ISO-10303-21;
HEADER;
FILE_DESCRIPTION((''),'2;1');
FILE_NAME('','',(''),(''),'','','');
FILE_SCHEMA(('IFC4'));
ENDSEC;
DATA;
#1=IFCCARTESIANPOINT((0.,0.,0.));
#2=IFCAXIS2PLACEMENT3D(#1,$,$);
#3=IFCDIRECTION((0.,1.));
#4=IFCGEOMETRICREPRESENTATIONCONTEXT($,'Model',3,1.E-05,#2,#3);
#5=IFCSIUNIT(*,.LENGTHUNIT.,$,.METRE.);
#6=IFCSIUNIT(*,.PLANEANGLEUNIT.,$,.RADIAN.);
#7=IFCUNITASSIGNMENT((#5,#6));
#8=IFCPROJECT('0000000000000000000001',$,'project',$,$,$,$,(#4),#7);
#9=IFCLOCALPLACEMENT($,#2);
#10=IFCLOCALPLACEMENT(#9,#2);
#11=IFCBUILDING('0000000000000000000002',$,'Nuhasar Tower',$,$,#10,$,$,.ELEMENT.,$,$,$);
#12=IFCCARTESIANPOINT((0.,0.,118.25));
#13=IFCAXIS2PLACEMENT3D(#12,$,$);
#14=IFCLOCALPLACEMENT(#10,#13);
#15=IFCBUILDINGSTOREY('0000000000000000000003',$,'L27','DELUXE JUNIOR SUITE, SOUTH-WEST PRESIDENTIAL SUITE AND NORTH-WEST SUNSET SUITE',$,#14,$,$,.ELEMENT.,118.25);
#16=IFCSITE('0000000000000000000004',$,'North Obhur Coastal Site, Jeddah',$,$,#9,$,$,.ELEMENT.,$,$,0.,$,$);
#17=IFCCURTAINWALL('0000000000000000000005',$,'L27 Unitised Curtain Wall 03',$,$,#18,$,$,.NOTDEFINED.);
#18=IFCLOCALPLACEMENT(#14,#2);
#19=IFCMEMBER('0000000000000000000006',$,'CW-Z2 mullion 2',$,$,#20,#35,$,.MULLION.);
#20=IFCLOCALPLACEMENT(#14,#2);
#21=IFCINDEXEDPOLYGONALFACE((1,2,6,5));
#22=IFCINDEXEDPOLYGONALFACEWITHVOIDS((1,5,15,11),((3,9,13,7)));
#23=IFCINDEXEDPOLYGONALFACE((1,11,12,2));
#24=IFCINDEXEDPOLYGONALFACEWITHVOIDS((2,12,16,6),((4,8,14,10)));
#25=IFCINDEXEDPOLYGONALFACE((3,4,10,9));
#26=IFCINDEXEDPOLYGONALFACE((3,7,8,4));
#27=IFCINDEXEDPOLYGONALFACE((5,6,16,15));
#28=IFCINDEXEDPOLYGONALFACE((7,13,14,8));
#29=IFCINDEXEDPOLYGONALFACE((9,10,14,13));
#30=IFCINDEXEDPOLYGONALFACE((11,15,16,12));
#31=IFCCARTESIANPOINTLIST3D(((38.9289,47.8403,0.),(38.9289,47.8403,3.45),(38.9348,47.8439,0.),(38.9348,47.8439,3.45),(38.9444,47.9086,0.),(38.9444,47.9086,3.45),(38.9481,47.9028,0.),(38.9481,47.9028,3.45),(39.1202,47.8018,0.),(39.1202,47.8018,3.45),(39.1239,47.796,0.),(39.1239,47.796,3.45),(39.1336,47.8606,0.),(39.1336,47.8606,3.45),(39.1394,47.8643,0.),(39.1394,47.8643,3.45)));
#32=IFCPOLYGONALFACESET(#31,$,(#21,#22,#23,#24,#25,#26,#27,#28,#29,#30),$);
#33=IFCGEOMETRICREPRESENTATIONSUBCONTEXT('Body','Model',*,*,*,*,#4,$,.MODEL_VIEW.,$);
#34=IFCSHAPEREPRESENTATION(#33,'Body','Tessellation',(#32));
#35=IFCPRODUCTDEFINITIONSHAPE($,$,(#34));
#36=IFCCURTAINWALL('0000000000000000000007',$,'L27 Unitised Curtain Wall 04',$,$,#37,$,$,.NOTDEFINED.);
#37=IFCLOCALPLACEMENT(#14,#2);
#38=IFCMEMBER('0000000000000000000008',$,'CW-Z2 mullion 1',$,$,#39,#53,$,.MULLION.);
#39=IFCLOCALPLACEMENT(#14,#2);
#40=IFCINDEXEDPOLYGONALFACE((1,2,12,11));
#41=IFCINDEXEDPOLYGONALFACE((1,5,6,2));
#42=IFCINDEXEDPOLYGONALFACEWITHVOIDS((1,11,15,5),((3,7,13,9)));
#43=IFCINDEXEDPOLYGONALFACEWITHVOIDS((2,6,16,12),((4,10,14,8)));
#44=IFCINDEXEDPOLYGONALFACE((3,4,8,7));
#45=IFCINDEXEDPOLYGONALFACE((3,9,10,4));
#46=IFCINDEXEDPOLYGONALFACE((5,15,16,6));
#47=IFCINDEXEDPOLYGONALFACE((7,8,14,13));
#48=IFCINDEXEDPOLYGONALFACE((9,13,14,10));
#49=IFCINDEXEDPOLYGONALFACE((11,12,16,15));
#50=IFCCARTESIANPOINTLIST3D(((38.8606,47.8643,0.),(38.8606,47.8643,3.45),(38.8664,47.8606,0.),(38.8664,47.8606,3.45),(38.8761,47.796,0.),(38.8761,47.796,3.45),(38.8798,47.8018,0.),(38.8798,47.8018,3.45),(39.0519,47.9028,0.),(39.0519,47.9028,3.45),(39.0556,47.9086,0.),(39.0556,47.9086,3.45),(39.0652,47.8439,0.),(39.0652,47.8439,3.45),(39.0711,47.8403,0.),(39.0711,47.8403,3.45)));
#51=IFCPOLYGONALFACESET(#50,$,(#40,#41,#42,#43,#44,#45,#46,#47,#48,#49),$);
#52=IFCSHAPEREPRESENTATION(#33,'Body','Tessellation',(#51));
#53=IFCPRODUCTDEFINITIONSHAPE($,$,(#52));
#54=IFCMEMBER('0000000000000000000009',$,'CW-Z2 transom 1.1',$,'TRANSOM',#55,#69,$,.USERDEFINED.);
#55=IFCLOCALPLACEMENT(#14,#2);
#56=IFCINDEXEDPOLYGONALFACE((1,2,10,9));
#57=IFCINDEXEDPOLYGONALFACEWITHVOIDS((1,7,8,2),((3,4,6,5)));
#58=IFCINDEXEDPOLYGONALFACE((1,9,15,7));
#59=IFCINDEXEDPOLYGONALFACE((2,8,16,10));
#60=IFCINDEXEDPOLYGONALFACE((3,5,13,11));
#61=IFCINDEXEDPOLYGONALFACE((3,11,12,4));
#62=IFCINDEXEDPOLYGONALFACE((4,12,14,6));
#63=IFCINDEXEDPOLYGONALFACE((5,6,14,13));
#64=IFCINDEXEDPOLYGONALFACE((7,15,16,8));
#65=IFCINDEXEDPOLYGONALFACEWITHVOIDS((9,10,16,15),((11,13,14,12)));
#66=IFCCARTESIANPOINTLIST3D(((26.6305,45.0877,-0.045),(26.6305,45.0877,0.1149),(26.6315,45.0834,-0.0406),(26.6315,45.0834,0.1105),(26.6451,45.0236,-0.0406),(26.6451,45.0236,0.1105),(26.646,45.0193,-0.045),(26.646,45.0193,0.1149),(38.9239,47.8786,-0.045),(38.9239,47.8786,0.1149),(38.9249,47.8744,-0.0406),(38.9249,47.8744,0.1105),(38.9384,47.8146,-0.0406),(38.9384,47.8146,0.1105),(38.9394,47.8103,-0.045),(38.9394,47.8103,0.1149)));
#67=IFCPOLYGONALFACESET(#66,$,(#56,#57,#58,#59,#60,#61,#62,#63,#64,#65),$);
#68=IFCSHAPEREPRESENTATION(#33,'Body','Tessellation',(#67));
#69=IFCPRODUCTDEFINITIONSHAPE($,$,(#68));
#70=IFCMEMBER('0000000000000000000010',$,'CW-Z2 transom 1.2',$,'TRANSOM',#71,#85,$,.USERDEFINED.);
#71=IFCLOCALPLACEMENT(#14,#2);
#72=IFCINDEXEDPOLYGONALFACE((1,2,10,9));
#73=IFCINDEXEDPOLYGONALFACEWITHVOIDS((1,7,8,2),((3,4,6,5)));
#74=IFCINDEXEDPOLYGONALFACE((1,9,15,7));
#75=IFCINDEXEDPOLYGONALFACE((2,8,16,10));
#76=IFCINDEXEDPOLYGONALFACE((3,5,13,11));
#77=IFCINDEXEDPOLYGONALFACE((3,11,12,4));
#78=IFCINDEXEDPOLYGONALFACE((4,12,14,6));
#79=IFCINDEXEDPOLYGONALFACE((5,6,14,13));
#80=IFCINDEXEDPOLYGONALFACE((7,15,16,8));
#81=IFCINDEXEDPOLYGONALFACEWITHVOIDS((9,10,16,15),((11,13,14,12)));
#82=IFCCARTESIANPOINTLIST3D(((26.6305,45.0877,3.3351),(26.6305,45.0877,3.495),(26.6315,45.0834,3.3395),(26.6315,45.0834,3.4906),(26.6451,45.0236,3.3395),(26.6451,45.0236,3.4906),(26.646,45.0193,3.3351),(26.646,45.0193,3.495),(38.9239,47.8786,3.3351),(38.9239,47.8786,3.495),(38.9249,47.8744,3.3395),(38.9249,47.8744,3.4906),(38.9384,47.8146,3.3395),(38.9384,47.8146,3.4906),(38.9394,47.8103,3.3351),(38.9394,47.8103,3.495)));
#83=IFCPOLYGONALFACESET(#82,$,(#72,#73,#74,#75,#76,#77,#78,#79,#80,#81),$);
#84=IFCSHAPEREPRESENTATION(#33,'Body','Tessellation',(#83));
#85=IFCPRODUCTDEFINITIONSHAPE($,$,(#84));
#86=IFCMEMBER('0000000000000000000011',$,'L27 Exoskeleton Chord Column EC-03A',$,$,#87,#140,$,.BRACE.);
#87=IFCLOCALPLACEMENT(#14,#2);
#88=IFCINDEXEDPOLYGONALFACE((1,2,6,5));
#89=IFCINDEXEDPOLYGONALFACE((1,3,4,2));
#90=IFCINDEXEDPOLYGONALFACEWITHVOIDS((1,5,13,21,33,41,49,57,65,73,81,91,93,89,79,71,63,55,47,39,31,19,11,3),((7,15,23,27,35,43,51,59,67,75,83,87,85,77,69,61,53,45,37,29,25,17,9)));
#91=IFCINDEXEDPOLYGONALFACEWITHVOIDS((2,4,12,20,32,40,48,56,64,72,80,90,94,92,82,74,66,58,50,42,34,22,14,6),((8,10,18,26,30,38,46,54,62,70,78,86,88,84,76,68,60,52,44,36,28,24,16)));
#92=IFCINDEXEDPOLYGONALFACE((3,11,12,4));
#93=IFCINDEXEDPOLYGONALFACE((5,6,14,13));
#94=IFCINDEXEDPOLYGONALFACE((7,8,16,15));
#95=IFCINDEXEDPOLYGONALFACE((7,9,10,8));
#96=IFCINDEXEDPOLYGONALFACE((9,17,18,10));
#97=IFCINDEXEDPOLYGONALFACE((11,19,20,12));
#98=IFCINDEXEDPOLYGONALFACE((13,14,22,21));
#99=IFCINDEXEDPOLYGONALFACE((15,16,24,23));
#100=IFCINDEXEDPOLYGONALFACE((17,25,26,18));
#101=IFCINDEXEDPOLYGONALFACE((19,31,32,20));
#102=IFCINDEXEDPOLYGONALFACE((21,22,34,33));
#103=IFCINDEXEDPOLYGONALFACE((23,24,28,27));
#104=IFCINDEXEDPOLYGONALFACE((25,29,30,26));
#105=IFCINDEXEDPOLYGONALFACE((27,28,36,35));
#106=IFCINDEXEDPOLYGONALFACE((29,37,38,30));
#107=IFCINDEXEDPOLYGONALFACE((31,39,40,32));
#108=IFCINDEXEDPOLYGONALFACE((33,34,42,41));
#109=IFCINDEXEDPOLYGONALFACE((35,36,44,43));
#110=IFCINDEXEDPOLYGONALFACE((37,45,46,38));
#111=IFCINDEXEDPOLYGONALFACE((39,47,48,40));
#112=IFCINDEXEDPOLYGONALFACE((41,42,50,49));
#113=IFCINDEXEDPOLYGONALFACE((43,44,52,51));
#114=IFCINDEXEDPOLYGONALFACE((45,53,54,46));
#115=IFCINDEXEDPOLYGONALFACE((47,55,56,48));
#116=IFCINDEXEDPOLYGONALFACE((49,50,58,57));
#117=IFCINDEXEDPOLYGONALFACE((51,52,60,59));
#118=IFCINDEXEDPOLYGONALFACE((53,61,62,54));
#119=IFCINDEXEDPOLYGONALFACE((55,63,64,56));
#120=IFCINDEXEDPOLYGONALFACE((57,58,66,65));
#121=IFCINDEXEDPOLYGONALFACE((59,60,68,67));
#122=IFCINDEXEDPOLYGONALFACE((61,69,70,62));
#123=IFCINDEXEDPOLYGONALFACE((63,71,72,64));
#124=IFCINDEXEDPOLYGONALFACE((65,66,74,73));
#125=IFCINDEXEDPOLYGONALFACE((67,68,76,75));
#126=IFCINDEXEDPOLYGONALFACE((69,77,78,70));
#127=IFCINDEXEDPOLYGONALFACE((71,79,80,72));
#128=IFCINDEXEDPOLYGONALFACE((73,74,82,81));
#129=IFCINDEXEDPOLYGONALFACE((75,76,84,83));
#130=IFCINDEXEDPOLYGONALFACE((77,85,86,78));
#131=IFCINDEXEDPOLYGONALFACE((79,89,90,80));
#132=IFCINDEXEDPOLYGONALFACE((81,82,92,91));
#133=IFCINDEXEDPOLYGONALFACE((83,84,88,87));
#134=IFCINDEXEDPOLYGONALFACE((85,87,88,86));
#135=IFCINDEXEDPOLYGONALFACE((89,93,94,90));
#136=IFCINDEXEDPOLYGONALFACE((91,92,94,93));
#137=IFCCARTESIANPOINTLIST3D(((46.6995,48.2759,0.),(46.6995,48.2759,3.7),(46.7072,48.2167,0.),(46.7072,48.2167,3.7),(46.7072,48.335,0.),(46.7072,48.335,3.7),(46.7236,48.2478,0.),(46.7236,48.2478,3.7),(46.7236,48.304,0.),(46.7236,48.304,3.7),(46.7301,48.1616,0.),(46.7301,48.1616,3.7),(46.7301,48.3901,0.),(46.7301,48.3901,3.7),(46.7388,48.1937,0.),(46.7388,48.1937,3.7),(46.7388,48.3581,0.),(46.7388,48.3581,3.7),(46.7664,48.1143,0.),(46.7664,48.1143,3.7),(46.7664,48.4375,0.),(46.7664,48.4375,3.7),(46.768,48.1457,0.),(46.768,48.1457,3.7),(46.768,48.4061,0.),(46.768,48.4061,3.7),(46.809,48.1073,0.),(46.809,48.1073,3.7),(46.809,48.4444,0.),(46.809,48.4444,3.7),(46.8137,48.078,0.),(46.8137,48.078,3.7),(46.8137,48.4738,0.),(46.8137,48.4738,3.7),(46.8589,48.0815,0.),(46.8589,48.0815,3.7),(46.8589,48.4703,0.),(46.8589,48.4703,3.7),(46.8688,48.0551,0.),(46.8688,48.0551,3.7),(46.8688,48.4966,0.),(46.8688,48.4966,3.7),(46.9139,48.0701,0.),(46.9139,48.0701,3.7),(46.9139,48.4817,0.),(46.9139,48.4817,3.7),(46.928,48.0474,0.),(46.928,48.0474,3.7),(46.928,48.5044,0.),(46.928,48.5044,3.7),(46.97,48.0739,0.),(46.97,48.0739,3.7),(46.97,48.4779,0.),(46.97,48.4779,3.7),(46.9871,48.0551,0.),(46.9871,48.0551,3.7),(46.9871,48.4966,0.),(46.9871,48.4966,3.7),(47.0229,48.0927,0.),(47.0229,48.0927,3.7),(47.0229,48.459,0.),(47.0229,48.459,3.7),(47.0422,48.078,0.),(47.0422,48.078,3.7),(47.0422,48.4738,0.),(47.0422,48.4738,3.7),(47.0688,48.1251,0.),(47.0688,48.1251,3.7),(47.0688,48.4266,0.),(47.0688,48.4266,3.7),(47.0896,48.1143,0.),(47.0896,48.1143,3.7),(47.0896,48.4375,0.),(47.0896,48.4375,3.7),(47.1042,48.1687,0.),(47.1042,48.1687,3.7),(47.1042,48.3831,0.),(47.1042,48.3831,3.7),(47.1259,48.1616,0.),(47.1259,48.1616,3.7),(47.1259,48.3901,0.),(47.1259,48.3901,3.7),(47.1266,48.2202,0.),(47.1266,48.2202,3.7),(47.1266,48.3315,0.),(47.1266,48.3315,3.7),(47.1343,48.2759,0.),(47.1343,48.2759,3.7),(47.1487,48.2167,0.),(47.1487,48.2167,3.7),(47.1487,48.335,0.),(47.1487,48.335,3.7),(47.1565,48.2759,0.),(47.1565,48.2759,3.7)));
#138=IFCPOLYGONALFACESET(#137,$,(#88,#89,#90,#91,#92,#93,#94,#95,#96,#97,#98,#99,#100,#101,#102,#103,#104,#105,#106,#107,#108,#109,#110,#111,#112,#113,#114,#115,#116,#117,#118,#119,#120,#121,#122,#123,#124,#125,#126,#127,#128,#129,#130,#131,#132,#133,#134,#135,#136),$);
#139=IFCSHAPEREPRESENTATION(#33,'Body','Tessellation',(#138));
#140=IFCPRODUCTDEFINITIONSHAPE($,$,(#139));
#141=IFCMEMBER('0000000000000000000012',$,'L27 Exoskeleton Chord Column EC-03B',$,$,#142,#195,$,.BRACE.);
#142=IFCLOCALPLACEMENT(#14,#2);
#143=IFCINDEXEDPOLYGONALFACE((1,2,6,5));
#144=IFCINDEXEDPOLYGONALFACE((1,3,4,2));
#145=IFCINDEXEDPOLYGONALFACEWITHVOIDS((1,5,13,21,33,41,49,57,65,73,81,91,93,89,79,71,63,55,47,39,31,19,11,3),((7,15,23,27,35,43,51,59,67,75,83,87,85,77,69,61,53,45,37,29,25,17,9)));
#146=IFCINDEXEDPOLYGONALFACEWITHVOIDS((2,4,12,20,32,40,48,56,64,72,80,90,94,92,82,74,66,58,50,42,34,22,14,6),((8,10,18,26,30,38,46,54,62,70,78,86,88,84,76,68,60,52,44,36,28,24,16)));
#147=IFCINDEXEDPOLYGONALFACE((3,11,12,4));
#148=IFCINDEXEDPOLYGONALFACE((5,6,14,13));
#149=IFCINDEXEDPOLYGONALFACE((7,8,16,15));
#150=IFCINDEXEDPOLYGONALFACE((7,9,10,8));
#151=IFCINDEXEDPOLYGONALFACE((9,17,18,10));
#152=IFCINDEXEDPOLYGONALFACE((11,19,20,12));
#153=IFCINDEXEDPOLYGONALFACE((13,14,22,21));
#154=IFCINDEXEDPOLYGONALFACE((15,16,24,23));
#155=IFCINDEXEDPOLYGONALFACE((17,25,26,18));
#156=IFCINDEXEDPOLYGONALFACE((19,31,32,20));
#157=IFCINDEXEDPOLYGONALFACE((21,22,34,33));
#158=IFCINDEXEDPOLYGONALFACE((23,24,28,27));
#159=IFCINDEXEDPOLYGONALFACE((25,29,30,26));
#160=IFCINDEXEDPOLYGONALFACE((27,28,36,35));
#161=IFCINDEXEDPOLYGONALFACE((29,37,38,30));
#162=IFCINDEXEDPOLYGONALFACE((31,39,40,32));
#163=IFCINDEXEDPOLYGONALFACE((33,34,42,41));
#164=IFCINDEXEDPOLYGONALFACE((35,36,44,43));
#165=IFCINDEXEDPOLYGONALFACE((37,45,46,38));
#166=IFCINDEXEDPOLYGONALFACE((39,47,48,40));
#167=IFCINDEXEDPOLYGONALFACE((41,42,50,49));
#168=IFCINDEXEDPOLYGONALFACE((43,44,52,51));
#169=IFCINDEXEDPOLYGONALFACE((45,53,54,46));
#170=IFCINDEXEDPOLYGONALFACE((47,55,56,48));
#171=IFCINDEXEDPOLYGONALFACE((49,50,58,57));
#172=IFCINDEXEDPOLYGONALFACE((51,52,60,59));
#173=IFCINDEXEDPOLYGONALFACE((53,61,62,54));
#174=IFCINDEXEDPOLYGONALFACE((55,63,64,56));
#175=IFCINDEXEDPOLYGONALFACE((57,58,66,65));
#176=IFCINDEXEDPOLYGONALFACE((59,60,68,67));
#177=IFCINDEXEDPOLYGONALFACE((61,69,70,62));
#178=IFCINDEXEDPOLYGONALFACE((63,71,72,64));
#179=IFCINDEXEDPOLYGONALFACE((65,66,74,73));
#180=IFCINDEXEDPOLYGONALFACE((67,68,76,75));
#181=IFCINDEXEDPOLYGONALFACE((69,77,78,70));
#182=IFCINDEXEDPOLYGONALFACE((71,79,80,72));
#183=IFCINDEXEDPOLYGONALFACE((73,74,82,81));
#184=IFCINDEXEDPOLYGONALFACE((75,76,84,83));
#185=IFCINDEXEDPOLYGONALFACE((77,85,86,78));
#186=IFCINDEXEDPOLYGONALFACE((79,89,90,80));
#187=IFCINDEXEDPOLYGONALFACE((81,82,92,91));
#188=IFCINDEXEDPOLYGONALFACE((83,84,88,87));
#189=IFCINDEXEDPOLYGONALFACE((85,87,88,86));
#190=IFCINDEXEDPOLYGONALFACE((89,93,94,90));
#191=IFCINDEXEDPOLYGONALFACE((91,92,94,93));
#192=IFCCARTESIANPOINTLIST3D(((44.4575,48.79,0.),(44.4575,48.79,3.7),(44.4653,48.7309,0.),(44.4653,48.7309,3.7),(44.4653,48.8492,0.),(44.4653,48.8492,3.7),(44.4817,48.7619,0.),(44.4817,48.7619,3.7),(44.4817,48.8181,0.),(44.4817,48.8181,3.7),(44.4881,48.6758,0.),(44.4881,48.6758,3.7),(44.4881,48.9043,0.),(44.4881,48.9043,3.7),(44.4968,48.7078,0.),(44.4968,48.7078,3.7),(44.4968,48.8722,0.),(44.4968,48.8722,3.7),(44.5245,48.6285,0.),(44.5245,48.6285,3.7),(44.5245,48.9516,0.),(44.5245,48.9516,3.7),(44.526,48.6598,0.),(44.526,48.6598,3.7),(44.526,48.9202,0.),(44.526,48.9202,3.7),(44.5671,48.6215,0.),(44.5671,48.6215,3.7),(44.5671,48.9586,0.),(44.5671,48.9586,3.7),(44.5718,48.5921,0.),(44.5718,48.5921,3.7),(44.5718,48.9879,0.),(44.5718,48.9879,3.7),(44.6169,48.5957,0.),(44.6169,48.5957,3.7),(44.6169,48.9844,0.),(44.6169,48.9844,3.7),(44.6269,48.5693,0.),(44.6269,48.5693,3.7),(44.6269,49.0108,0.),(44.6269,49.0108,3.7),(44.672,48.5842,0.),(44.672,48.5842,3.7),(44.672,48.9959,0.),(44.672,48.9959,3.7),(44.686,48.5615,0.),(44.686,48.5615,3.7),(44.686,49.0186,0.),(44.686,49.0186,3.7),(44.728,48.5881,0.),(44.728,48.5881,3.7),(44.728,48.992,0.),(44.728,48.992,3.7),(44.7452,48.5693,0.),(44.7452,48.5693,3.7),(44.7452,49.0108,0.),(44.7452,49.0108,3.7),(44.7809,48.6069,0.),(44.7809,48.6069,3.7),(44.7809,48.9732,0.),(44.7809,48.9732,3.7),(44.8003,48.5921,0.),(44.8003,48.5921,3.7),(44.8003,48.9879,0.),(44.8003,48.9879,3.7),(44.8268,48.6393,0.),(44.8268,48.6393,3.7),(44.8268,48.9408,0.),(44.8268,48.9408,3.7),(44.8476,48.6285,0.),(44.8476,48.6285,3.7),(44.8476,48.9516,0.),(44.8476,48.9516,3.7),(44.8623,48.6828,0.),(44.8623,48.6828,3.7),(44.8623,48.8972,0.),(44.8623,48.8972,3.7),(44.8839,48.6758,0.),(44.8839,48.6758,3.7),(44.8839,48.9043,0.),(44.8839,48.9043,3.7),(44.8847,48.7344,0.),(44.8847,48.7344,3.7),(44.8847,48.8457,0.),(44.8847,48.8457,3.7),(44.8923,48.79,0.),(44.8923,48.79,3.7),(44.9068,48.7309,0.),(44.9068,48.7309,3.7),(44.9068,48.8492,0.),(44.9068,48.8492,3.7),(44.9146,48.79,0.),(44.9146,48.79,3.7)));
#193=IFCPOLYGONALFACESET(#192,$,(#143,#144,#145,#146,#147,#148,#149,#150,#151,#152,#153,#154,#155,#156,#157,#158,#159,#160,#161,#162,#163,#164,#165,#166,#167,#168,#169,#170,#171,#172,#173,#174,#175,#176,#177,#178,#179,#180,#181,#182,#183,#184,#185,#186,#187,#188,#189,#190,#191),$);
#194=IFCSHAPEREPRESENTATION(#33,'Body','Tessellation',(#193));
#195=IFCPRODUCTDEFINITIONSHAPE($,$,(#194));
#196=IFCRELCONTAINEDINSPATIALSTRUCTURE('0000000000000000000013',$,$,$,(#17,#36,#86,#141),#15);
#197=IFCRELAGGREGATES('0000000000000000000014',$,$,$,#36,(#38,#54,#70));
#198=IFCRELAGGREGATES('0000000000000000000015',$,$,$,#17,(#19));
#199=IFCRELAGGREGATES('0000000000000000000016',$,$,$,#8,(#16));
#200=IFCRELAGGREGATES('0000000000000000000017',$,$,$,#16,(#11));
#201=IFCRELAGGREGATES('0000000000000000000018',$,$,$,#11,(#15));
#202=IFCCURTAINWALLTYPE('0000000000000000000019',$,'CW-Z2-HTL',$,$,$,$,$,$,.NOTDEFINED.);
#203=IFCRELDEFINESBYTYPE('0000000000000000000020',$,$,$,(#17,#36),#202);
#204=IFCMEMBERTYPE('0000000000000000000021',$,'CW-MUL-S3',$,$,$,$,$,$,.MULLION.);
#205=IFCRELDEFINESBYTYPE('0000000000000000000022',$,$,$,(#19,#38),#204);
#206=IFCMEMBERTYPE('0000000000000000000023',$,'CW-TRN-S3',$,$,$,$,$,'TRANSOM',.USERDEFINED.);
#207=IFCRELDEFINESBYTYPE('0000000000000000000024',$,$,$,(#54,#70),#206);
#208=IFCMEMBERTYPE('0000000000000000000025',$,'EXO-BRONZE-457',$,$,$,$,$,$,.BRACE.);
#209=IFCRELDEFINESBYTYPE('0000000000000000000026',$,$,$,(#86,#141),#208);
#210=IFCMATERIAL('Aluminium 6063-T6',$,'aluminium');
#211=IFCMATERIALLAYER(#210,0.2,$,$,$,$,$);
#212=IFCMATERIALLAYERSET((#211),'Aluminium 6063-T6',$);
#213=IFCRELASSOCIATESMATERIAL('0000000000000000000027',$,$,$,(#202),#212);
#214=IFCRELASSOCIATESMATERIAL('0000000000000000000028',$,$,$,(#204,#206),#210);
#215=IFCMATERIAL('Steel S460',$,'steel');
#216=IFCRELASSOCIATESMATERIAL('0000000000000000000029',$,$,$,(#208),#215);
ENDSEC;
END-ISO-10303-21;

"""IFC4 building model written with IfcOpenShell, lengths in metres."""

from ifc_helpers import new_model, si_unit, direction, frame, origin, origin_2d, place, context, subcontext, project, spatial, hollow_rectangle, hollow_circle, extrude, material, layer, layer_set, material_profile, profile_set, type_object, element, aggregate, save


model = new_model("IFC4")

# Units and contexts
model_context = context("Model", 3, precision=1e-05, world=origin(), true_north=direction((0.0, 1.0)))
body_context = subcontext(model_context, "Body", "Model", "MODEL_VIEW")
ifc_project = project(units=[si_unit("LENGTHUNIT", "METRE"), si_unit("PLANEANGLEUNIT", "RADIAN")], contexts=[model_context])

# Site, building, storey
site_placement = place(None, origin())
site = spatial("IfcSite", under=ifc_project, at=site_placement, Name="North Obhur Coastal Site, Jeddah", CompositionType="ELEMENT", RefElevation=0.0)
building_placement = place(site_placement, origin())
building = spatial("IfcBuilding", under=site, at=building_placement, Name="Nuhasar Tower", CompositionType="ELEMENT")
storey_placement = place(building_placement, frame((0.0, 0.0, 118.25)))
storey = spatial("IfcBuildingStorey", under=building, at=storey_placement, Name="L27", Description="DELUXE JUNIOR SUITE, SOUTH-WEST PRESIDENTIAL SUITE AND NORTH-WEST SUNSET SUITE", CompositionType="ELEMENT", Elevation=118.25)

# Curtain wall, member
ifc_material_1 = material(Name="Aluminium 6063-T6", Category="aluminium")
ifc_layer_1 = layer(ifc_material_1, 0.2)
ifc_layer_set_1 = layer_set([ifc_layer_1], Name="Aluminium 6063-T6")
curtain_wall_type = type_object("IfcCurtainWallType", Name="CW-Z2-HTL", PredefinedType="NOTDEFINED", material=ifc_layer_set_1)
curtain_wall_1_placement = place(storey_placement, origin())
curtain_wall_1 = element("IfcCurtainWall", 1, at=curtain_wall_1_placement, inside=storey, type_object=curtain_wall_type, Name="L27 Unitised Curtain Wall 03", PredefinedType="NOTDEFINED")
ifc_material_profile_1 = material_profile(ifc_material_1, hollow_rectangle(XDim=0.0701, YDim=0.2, WallThickness=0.0049, at=origin_2d()), Name="CWM-3")
ifc_profile_set_1 = profile_set([ifc_material_profile_1], Name="Aluminium 6063-T6")
member_type_1 = type_object("IfcMemberType", Name="CW-MUL-S3", PredefinedType="MULLION", material=ifc_profile_set_1)
member_1_placement = place(storey_placement, frame((39.0342, 47.8523, 0.0), z_axis=(0.0, 0.0, 1.0), x_axis=(-0.221397, -0.975184, 0.0)))
member_1 = element("IfcMember", 2, at=member_1_placement, type_object=member_type_1, Name="CW-Z2 mullion 2", PredefinedType="MULLION", context=body_context, shape_type="SweptSolid", body=[
    extrude(hollow_rectangle(XDim=0.0701, YDim=0.2, WallThickness=0.0049, at=origin_2d()), origin(), (0.0, 0.0, 1.0), 3.45),
])

# Curtain wall, members
curtain_wall_2_placement = place(storey_placement, origin())
curtain_wall_2 = element("IfcCurtainWall", 3, at=curtain_wall_2_placement, inside=storey, type_object=curtain_wall_type, Name="L27 Unitised Curtain Wall 04", PredefinedType="NOTDEFINED")
member_2_placement = place(storey_placement, frame((38.9658, 47.8523, 0.0), z_axis=(0.0, 0.0, 1.0), x_axis=(0.221397, -0.975184, 0.0)))
member_2 = element("IfcMember", 4, at=member_2_placement, type_object=member_type_1, Name="CW-Z2 mullion 1", PredefinedType="MULLION", context=body_context, shape_type="SweptSolid", body=[
    extrude(hollow_rectangle(XDim=0.0701, YDim=0.2, WallThickness=0.0049, at=origin_2d()), origin(), (0.0, 0.0, 1.0), 3.45),
])
ifc_material_profile_2 = material_profile(ifc_material_1, hollow_rectangle(XDim=0.0701, YDim=0.1599, WallThickness=0.0044, at=origin_2d()), Name="CWT-3")
ifc_profile_set_2 = profile_set([ifc_material_profile_2], Name="Aluminium 6063-T6")
member_type_2 = type_object("IfcMemberType", Name="CW-TRN-S3", ElementType="TRANSOM", PredefinedType="USERDEFINED", material=ifc_profile_set_2)
member_3_placement = place(storey_placement, frame((38.9316, 47.8445, 0.0349), z_axis=(-0.975183, -0.221398, 0.0), x_axis=(0.221398, -0.975183, 0.0)))
member_3 = element("IfcMember", 5, at=member_3_placement, type_object=member_type_2, Name="CW-Z2 transom 1.1", ObjectType="TRANSOM", PredefinedType="USERDEFINED", context=body_context, shape_type="SweptSolid", body=[
    extrude(hollow_rectangle(XDim=0.0701, YDim=0.1599, WallThickness=0.0044, at=origin_2d()), origin(), (0.0, 0.0, 1.0), 12.6062),
])
member_4_placement = place(storey_placement, frame((38.9316, 47.8445, 3.415), z_axis=(-0.975183, -0.221398, 0.0), x_axis=(0.221398, -0.975183, 0.0)))
member_4 = element("IfcMember", 6, at=member_4_placement, type_object=member_type_2, Name="CW-Z2 transom 1.2", ObjectType="TRANSOM", PredefinedType="USERDEFINED", context=body_context, shape_type="SweptSolid", body=[
    extrude(hollow_rectangle(XDim=0.0701, YDim=0.1599, WallThickness=0.0044, at=origin_2d()), origin(), (0.0, 0.0, 1.0), 12.6062),
])
aggregate(curtain_wall_2, [member_2, member_3, member_4])

# Members
ifc_material_2 = material(Name="Steel S460", Category="steel")
ifc_material_profile_3 = material_profile(ifc_material_2, hollow_circle(Radius=0.2285, WallThickness=0.0222, at=origin_2d()), Name="HSS457X22.2")
ifc_profile_set_3 = profile_set([ifc_material_profile_3], Name="Steel S460")
member_type_3 = type_object("IfcMemberType", Name="EXO-BRONZE-457", PredefinedType="BRACE", material=ifc_profile_set_3)
for number, where, z_axis, x_axis, name in (
    (7, (46.928, 48.2759, 0.0), (0.0, 0.0, 1.0), (1.0, 0.0, 0.0), "L27 Exoskeleton Chord Column EC-03A"),
    (8, (44.686, 48.79, 0.0), (0.0, 0.0, 1.0), (1.0, 0.0, 0.0), "L27 Exoskeleton Chord Column EC-03B"),
):
    element("IfcMember", number, at=place(storey_placement, frame(where, z_axis=z_axis, x_axis=x_axis)), inside=storey, type_object=member_type_3, Name=name, PredefinedType="BRACE", context=body_context, shape_type="SweptSolid", body=[
        extrude(hollow_circle(Radius=0.2285, WallThickness=0.0222, at=origin_2d()), origin(), (0.0, 0.0, 1.0), 3.7),
    ])

aggregate(curtain_wall_1, [member_1])

save(model, "model.ifc")
